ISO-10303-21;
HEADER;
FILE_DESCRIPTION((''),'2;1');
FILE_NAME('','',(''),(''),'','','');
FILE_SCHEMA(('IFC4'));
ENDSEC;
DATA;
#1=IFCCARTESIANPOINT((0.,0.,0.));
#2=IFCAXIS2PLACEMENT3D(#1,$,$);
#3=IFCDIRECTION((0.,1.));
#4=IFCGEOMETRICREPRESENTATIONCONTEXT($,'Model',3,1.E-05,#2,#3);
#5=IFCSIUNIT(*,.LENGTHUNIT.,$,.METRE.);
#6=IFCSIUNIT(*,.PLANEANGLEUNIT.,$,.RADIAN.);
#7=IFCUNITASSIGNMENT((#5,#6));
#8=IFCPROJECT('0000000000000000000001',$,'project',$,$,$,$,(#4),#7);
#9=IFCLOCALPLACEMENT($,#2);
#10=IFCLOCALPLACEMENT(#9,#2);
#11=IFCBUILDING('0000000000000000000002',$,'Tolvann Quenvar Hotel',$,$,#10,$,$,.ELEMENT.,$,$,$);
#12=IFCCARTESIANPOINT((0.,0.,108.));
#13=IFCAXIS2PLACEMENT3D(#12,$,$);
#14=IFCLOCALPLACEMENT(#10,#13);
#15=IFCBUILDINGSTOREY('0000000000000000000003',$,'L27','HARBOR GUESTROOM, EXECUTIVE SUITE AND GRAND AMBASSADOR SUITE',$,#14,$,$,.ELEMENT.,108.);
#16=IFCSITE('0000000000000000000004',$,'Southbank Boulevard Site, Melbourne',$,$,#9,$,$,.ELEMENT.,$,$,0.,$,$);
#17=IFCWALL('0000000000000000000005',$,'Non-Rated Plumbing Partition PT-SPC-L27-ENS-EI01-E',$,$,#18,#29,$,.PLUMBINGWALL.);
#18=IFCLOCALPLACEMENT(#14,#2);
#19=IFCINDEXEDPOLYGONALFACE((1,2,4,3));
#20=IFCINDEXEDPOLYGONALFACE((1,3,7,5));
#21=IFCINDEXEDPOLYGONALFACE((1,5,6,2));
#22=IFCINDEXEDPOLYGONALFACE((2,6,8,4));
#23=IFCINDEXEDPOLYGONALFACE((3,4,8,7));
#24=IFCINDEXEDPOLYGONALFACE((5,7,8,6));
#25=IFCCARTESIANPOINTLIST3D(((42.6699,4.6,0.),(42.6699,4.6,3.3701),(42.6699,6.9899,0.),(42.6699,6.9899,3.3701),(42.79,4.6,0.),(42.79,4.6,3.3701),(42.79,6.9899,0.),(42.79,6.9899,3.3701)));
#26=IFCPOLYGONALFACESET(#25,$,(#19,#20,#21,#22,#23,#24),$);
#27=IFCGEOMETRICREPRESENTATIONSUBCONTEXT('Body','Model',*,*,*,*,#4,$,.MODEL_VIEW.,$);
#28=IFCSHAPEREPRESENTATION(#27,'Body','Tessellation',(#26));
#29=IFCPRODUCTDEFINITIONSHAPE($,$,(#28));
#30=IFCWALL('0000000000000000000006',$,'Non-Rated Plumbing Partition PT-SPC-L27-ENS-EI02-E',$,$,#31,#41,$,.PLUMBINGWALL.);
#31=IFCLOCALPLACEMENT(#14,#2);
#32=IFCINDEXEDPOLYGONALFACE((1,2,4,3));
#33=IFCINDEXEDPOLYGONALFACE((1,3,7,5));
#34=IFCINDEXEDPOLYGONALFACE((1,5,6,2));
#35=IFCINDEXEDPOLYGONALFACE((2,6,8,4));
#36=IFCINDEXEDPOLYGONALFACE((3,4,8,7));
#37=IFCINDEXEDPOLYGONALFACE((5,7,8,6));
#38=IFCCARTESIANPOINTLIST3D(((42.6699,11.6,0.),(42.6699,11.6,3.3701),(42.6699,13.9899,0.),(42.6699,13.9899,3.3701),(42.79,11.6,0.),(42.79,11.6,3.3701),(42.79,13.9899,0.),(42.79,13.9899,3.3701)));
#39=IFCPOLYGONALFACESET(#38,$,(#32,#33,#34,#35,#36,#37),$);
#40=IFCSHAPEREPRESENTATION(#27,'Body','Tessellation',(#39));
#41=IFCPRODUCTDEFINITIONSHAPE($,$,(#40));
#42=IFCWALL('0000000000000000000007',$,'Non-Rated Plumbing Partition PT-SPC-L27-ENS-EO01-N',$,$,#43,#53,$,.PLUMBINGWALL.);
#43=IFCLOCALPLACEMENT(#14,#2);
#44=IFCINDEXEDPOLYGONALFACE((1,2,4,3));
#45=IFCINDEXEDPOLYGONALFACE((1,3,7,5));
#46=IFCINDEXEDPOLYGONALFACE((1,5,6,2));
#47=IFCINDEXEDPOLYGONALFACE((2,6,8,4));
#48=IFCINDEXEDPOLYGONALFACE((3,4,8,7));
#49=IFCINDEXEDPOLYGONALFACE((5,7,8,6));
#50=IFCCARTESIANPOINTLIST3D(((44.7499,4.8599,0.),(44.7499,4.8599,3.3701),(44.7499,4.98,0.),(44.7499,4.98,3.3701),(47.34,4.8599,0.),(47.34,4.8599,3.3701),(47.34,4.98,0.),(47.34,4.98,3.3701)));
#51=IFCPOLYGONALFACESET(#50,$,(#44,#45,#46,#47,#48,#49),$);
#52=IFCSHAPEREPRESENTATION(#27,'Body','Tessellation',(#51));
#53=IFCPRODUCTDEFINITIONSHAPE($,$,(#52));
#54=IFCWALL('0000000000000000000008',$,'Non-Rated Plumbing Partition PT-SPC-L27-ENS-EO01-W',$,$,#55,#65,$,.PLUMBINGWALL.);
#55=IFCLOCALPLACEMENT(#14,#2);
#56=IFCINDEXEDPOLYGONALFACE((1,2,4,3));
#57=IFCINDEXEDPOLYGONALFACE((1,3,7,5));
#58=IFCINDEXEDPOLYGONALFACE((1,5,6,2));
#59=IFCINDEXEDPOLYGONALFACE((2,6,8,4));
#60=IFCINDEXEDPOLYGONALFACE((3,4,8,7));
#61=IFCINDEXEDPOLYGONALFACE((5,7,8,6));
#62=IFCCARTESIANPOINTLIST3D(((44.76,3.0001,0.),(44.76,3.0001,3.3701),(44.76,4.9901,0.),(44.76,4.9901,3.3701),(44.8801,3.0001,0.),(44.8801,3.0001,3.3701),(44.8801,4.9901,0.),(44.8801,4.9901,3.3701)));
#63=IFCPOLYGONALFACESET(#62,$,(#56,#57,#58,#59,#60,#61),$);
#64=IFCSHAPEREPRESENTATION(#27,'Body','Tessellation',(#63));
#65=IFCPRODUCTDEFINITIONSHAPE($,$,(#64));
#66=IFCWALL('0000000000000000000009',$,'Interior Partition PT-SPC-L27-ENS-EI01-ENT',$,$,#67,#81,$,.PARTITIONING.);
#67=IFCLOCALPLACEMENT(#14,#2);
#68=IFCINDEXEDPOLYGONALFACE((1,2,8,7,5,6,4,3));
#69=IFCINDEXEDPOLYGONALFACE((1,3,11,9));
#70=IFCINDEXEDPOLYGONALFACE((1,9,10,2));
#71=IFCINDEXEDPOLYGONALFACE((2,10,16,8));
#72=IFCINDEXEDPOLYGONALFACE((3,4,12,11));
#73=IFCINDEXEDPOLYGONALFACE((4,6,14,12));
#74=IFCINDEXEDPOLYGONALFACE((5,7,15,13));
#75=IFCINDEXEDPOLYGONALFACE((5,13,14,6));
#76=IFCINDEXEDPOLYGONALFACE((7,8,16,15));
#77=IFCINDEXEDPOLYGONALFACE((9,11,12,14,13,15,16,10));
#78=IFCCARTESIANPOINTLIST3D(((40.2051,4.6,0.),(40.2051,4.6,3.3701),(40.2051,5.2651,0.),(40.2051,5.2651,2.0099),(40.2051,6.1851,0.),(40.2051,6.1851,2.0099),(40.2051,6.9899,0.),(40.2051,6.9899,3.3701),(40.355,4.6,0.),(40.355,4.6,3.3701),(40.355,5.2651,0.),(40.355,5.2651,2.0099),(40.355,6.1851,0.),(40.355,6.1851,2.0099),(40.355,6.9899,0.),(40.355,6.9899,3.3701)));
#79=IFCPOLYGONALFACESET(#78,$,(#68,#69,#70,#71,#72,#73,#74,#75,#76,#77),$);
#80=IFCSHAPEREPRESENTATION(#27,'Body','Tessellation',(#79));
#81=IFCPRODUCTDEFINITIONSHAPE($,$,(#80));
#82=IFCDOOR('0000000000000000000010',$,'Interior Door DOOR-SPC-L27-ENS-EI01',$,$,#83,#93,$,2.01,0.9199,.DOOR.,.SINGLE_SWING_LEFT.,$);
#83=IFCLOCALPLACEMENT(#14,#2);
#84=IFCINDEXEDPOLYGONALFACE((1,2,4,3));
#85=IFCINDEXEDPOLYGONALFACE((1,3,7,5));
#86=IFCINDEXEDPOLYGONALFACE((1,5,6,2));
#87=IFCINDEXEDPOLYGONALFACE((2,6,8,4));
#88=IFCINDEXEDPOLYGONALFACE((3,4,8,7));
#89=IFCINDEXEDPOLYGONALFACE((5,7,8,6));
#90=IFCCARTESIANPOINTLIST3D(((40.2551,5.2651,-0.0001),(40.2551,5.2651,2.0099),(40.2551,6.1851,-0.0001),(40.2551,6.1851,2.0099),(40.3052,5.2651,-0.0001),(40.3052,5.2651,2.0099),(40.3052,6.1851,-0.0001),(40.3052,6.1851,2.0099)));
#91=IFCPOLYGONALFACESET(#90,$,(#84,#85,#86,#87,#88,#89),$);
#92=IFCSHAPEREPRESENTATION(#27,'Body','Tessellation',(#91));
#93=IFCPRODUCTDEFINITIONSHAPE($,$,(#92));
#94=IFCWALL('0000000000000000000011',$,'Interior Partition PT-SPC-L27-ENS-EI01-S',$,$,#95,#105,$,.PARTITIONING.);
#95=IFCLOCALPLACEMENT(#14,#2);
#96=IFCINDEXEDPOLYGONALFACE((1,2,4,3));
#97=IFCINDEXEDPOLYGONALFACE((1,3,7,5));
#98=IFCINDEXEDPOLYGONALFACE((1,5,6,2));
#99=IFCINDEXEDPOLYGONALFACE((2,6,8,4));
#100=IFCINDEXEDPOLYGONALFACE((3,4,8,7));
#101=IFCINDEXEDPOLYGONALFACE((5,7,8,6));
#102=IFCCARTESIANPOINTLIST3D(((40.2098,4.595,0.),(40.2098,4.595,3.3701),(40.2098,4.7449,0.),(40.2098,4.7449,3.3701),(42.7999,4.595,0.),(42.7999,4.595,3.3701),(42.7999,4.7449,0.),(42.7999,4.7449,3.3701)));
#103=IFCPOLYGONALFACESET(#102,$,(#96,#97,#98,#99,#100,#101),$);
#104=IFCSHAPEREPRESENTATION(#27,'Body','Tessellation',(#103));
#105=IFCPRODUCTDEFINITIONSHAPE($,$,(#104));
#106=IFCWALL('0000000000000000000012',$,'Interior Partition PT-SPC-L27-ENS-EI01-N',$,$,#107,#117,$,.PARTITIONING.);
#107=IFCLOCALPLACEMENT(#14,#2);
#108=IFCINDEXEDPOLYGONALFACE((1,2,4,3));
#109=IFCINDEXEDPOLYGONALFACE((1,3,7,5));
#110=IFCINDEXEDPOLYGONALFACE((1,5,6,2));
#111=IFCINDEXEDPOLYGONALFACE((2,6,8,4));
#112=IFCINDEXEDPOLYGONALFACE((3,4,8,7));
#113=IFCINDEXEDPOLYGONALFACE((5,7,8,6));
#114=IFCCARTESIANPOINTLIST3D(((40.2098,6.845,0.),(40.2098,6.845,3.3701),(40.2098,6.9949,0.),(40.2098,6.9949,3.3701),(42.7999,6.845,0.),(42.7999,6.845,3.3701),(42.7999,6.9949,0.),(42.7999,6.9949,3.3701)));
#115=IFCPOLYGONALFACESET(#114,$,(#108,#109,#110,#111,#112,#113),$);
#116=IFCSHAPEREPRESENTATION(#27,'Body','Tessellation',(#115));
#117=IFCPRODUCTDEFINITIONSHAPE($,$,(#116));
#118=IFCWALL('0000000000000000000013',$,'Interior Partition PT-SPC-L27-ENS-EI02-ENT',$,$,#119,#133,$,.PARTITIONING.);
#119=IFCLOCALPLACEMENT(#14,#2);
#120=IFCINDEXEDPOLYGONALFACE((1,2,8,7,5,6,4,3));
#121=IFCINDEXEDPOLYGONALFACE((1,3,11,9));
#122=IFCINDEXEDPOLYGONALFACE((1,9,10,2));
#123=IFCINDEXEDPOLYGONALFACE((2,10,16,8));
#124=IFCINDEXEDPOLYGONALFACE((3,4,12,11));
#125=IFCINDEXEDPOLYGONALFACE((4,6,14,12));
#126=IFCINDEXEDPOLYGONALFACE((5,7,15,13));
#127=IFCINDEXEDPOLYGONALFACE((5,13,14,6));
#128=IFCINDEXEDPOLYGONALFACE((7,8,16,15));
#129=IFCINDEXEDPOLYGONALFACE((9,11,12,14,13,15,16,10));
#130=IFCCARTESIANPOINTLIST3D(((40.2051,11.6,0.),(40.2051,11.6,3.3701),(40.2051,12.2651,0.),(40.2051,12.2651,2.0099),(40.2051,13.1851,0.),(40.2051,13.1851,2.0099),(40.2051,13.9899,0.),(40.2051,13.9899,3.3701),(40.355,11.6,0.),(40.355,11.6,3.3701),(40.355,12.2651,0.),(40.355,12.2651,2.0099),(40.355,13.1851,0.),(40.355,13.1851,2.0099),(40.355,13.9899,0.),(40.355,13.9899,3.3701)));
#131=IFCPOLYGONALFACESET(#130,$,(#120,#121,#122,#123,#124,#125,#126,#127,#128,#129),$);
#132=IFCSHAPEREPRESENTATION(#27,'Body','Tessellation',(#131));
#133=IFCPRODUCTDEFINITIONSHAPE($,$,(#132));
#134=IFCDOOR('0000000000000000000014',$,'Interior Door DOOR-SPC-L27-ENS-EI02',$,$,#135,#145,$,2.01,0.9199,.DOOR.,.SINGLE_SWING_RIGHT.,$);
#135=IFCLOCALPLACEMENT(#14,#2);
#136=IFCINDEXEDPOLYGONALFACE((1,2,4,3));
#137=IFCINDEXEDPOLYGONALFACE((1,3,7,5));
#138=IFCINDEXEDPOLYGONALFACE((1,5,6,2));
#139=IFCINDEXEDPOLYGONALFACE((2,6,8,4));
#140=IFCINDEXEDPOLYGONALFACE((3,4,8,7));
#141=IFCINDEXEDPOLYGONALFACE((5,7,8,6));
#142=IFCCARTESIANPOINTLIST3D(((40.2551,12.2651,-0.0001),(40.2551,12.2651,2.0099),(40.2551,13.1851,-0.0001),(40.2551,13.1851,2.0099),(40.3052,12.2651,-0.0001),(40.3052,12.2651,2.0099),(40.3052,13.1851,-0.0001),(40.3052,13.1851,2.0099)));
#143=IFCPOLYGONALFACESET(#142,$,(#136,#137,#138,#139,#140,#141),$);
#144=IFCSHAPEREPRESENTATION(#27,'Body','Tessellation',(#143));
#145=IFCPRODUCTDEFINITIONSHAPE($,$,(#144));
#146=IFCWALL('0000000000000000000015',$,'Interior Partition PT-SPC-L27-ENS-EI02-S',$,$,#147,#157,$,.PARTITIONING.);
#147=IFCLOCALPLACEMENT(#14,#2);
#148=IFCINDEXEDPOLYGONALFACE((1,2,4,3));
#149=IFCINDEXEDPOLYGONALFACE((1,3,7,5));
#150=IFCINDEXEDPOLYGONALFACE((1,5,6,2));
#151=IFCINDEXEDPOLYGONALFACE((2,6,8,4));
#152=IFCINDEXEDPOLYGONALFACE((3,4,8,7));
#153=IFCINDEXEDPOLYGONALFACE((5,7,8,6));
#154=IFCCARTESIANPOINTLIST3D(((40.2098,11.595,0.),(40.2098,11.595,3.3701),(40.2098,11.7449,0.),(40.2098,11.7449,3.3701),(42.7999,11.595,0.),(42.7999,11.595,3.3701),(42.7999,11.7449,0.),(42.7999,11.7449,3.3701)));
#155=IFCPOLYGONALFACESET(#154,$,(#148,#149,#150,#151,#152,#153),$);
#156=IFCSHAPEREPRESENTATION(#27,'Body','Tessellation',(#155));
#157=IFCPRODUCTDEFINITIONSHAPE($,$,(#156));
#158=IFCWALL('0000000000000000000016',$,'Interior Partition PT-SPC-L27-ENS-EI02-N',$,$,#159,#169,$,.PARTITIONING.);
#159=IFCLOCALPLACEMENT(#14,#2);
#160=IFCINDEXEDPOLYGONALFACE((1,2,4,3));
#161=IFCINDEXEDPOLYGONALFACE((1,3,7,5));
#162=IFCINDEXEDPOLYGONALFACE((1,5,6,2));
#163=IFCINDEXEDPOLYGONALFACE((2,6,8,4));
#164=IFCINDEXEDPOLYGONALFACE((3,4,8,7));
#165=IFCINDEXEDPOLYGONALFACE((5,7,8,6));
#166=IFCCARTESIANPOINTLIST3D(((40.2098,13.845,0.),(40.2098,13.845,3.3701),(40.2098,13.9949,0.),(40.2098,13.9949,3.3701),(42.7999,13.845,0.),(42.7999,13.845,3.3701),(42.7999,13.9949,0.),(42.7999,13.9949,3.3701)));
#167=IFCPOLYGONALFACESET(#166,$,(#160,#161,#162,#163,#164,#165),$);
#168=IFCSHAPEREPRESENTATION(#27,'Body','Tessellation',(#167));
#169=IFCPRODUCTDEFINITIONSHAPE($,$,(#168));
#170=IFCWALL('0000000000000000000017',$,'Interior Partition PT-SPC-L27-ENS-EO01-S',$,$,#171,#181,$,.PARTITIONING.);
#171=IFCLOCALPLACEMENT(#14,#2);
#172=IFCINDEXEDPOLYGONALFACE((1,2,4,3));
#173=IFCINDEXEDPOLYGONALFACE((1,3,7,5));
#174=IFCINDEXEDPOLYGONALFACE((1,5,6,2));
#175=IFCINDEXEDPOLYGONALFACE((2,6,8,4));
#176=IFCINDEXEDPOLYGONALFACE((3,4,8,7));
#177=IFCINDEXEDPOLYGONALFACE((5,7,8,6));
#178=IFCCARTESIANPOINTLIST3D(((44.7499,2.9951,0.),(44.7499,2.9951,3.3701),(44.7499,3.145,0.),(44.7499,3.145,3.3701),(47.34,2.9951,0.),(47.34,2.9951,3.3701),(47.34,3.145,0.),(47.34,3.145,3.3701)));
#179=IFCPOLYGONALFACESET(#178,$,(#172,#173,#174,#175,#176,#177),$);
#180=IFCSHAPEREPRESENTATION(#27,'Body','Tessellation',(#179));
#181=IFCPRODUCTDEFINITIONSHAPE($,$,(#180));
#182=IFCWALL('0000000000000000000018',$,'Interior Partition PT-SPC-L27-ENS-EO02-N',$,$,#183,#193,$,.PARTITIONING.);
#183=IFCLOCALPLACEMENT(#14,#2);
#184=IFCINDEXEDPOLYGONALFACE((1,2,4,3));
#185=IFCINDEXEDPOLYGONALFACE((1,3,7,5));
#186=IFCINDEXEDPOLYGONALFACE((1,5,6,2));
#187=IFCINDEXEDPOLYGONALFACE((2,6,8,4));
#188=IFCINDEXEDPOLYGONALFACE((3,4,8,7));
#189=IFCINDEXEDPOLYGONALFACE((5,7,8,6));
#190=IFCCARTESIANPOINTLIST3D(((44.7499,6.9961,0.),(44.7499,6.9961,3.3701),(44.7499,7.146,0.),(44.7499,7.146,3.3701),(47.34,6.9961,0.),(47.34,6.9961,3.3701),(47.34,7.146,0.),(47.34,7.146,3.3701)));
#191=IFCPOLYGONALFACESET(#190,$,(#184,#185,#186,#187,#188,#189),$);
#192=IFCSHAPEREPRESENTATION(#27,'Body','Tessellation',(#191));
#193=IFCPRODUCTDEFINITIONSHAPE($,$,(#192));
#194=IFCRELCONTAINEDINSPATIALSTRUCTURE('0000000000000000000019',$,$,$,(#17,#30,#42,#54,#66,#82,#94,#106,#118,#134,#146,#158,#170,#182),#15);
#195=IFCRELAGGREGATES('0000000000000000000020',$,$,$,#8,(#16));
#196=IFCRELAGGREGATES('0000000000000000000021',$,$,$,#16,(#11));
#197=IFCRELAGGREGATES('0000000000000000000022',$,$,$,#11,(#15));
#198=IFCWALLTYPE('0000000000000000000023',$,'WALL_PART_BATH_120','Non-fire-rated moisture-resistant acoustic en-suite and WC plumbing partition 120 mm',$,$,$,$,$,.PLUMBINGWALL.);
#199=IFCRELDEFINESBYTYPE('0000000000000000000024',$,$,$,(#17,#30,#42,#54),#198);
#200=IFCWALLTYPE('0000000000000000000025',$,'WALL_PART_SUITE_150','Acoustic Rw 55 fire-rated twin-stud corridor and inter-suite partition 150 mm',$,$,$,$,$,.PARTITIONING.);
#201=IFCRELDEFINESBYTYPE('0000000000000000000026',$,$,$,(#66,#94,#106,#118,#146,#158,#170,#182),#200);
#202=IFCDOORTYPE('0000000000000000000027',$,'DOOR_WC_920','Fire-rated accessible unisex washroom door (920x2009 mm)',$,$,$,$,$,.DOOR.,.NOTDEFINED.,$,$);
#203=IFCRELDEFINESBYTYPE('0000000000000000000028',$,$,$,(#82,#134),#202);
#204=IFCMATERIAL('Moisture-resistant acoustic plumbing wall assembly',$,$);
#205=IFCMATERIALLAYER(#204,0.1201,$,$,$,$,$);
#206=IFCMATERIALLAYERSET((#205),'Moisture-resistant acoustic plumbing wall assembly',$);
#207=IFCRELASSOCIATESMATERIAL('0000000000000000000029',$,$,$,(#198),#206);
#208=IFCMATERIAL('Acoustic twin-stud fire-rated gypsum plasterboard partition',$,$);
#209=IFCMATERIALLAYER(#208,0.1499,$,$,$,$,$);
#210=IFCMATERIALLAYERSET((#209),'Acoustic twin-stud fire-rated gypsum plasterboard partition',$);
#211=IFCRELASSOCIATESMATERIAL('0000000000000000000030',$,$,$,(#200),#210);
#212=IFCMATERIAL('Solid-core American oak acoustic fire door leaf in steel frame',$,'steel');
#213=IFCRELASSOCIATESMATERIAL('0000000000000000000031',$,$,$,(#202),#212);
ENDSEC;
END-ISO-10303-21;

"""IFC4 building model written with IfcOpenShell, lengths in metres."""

from ifc_helpers import new_model, si_unit, direction, frame, frame_2d, origin, place, context, subcontext, project, spatial, rectangle, extrude, source, transform, mapped, material, layer, layer_set, type_object, type_shapes, element, fill, save


model = new_model("IFC4")

# Units and contexts
model_context = context("Model", 3, precision=1e-05, world=origin(), true_north=direction((0.0, 1.0)))
body_context = subcontext(model_context, "Body", "Model", "MODEL_VIEW")
ifc_project = project(units=[si_unit("LENGTHUNIT", "METRE"), si_unit("PLANEANGLEUNIT", "RADIAN")], contexts=[model_context])

# Site, building, storey
site_placement = place(None, origin())
site = spatial("IfcSite", under=ifc_project, at=site_placement, Name="Southbank Boulevard Site, Melbourne", CompositionType="ELEMENT", RefElevation=0.0)
building_placement = place(site_placement, origin())
building = spatial("IfcBuilding", under=site, at=building_placement, Name="Tolvann Quenvar Hotel", CompositionType="ELEMENT")
storey_placement = place(building_placement, frame((0.0, 0.0, 108.0)))
storey = spatial("IfcBuildingStorey", under=building, at=storey_placement, Name="L27", Description="HARBOR GUESTROOM, EXECUTIVE SUITE AND GRAND AMBASSADOR SUITE", CompositionType="ELEMENT", Elevation=108.0)

# Walls
ifc_material_1 = material(Name="Moisture-resistant acoustic plumbing wall assembly")
ifc_layer_1 = layer(ifc_material_1, 0.1201)
ifc_layer_set_1 = layer_set([ifc_layer_1], Name="Moisture-resistant acoustic plumbing wall assembly")
wall_type_1 = type_object("IfcWallType", Name="WALL_PART_BATH_120", Description="Non-fire-rated moisture-resistant acoustic en-suite and WC plumbing partition 120 mm", PredefinedType="PLUMBINGWALL", material=ifc_layer_set_1)
for number, where, z_axis, x_axis, name in (
    (1, (42.73, 4.6001, 0.0), (0.0, 0.0, 1.0), (0.0, 1.0, 0.0), "Non-Rated Plumbing Partition PT-SPC-L27-ENS-EI01-E"),
    (2, (42.73, 11.6001, 0.0), (0.0, 0.0, 1.0), (0.0, 1.0, 0.0), "Non-Rated Plumbing Partition PT-SPC-L27-ENS-EI02-E"),
):
    element("IfcWall", number, at=place(storey_placement, frame(where, z_axis=z_axis, x_axis=x_axis)), inside=storey, type_object=wall_type_1, Name=name, PredefinedType="PLUMBINGWALL", context=body_context, shape_type="SweptSolid", body=[
        extrude(rectangle(XDim=2.3899, YDim=0.1201, at=frame_2d((1.1948, 0.0))), origin(), (0.0, 0.0, 1.0), 3.3701),
    ])
wall_1_placement = place(storey_placement, frame((44.75, 4.9199, 0.0), z_axis=(0.0, 0.0, 1.0), x_axis=(1.0, 0.0, 0.0)))
element("IfcWall", 3, at=wall_1_placement, inside=storey, type_object=wall_type_1, Name="Non-Rated Plumbing Partition PT-SPC-L27-ENS-EO01-N", PredefinedType="PLUMBINGWALL", context=body_context, shape_type="SweptSolid", body=[
    extrude(rectangle(XDim=2.5901, YDim=0.1201, at=frame_2d((1.2949, 0.0))), origin(), (0.0, 0.0, 1.0), 3.3701),
])
wall_2_placement = place(storey_placement, frame((44.8201, 3.0, 0.0), z_axis=(0.0, 0.0, 1.0), x_axis=(0.0, 1.0, 0.0)))
element("IfcWall", 4, at=wall_2_placement, inside=storey, type_object=wall_type_1, Name="Non-Rated Plumbing Partition PT-SPC-L27-ENS-EO01-W", PredefinedType="PLUMBINGWALL", context=body_context, shape_type="SweptSolid", body=[
    extrude(rectangle(XDim=1.99, YDim=0.1201, at=frame_2d((0.9951, 0.0))), origin(), (0.0, 0.0, 1.0), 3.3701),
])

# Wall, opening, door
ifc_material_2 = material(Name="Acoustic twin-stud fire-rated gypsum plasterboard partition")
ifc_layer_2 = layer(ifc_material_2, 0.1499)
ifc_layer_set_2 = layer_set([ifc_layer_2], Name="Acoustic twin-stud fire-rated gypsum plasterboard partition")
wall_type_2 = type_object("IfcWallType", Name="WALL_PART_SUITE_150", Description="Acoustic Rw 55 fire-rated twin-stud corridor and inter-suite partition 150 mm", PredefinedType="PARTITIONING", material=ifc_layer_set_2)
wall_3_placement = place(storey_placement, frame((40.28, 4.6001, 0.0), z_axis=(0.0, 0.0, 1.0), x_axis=(0.0, 1.0, 0.0)))
wall_3 = element("IfcWall", 5, at=wall_3_placement, inside=storey, type_object=wall_type_2, Name="Interior Partition PT-SPC-L27-ENS-EI01-ENT", PredefinedType="PARTITIONING", context=body_context, shape_type="SweptSolid", body=[
    extrude(rectangle(XDim=2.3899, YDim=0.1499, at=frame_2d((1.1948, 0.0))), origin(), (0.0, 0.0, 1.0), 3.3701),
])
opening_1_placement = place(wall_3_placement, frame((0.665, 0.0, 0.0)))
opening_1 = element("IfcOpeningElement", 6, at=opening_1_placement, cuts=wall_3, PredefinedType="OPENING", context=body_context, shape_type="SweptSolid", body=[
    extrude(rectangle(XDim=0.9199, YDim=2.01, at=frame_2d((0.46, 1.0049))), frame((0.0, 0.085, 0.0), z_axis=(0.0, -1.0, 0.0), x_axis=(1.0, 0.0, 0.0)), (0.0, 0.0, 1.0), 0.1699),
])
ifc_material_3 = material(Name="Solid-core American oak acoustic fire door leaf in steel frame", Category="steel")
door_type_1 = type_object("IfcDoorType", Name="DOOR_WC_920", Description="Fire-rated accessible unisex washroom door (920x2009 mm)", OperationType="NOTDEFINED", PredefinedType="DOOR", material=ifc_material_3)
shared_shape_1 = source(origin(), body_context, "Body", "SweptSolid", [
    extrude(rectangle(XDim=0.9199, YDim=2.01, at=frame_2d((0.46, 1.0049))), frame((0.0, 0.0249, 0.0), z_axis=(0.0, -1.0, 0.0), x_axis=(1.0, 0.0, 0.0)), (0.0, 0.0, 1.0), 0.05),
])
type_shapes(door_type_1, [shared_shape_1])
door_1_placement = place(opening_1_placement, origin())
door_1 = element("IfcDoor", 7, at=door_1_placement, inside=storey, type_object=door_type_1, Name="Interior Door DOOR-SPC-L27-ENS-EI01", OperationType="SINGLE_SWING_LEFT", OverallHeight=2.01, OverallWidth=0.9199, PredefinedType="DOOR", context=body_context, shape_type="MappedRepresentation", body=[
    mapped(shared_shape_1, transform((0.0, 0.0, 0.0), x_axis=(1.0, 0.0, 0.0), y_axis=(0.0, 1.0, 0.0), z_axis=(0.0, 0.0, 1.0), scale=1.0)),
])
fill(opening_1, door_1)

# Walls
for number, where, z_axis, x_axis, name in (
    (8, (40.21, 4.6699, 0.0), (0.0, 0.0, 1.0), (1.0, 0.0, 0.0), "Interior Partition PT-SPC-L27-ENS-EI01-S"),
    (9, (40.21, 6.9199, 0.0), (0.0, 0.0, 1.0), (1.0, 0.0, 0.0), "Interior Partition PT-SPC-L27-ENS-EI01-N"),
):
    element("IfcWall", number, at=place(storey_placement, frame(where, z_axis=z_axis, x_axis=x_axis)), inside=storey, type_object=wall_type_2, Name=name, PredefinedType="PARTITIONING", context=body_context, shape_type="SweptSolid", body=[
        extrude(rectangle(XDim=2.5901, YDim=0.1499, at=frame_2d((1.2949, 0.0))), origin(), (0.0, 0.0, 1.0), 3.3701),
    ])

# Wall, opening, door
wall_4_placement = place(storey_placement, frame((40.28, 11.6001, 0.0), z_axis=(0.0, 0.0, 1.0), x_axis=(0.0, 1.0, 0.0)))
wall_4 = element("IfcWall", 10, at=wall_4_placement, inside=storey, type_object=wall_type_2, Name="Interior Partition PT-SPC-L27-ENS-EI02-ENT", PredefinedType="PARTITIONING", context=body_context, shape_type="SweptSolid", body=[
    extrude(rectangle(XDim=2.3899, YDim=0.1499, at=frame_2d((1.1948, 0.0))), origin(), (0.0, 0.0, 1.0), 3.3701),
])
opening_2_placement = place(wall_4_placement, frame((0.665, 0.0, 0.0)))
opening_2 = element("IfcOpeningElement", 11, at=opening_2_placement, cuts=wall_4, PredefinedType="OPENING", context=body_context, shape_type="SweptSolid", body=[
    extrude(rectangle(XDim=0.9199, YDim=2.01, at=frame_2d((0.46, 1.0049))), frame((0.0, 0.085, 0.0), z_axis=(0.0, -1.0, 0.0), x_axis=(1.0, 0.0, 0.0)), (0.0, 0.0, 1.0), 0.1699),
])
door_2_placement = place(opening_2_placement, origin())
door_2 = element("IfcDoor", 12, at=door_2_placement, inside=storey, type_object=door_type_1, Name="Interior Door DOOR-SPC-L27-ENS-EI02", OperationType="SINGLE_SWING_RIGHT", OverallHeight=2.01, OverallWidth=0.9199, PredefinedType="DOOR", context=body_context, shape_type="MappedRepresentation", body=[
    mapped(shared_shape_1, transform((0.0, 0.0, 0.0), x_axis=(1.0, 0.0, 0.0), y_axis=(0.0, 1.0, 0.0), z_axis=(0.0, 0.0, 1.0), scale=1.0)),
])
fill(opening_2, door_2)

# Walls
for number, where, z_axis, x_axis, name in (
    (13, (40.21, 11.6699, 0.0), (0.0, 0.0, 1.0), (1.0, 0.0, 0.0), "Interior Partition PT-SPC-L27-ENS-EI02-S"),
    (14, (40.21, 13.9199, 0.0), (0.0, 0.0, 1.0), (1.0, 0.0, 0.0), "Interior Partition PT-SPC-L27-ENS-EI02-N"),
    (15, (44.75, 3.0701, 0.0), (0.0, 0.0, 1.0), (1.0, 0.0, 0.0), "Interior Partition PT-SPC-L27-ENS-EO01-S"),
    (16, (44.75, 7.071, 0.0), (0.0, 0.0, 1.0), (1.0, 0.0, 0.0), "Interior Partition PT-SPC-L27-ENS-EO02-N"),
):
    element("IfcWall", number, at=place(storey_placement, frame(where, z_axis=z_axis, x_axis=x_axis)), inside=storey, type_object=wall_type_2, Name=name, PredefinedType="PARTITIONING", context=body_context, shape_type="SweptSolid", body=[
        extrude(rectangle(XDim=2.5901, YDim=0.1499, at=frame_2d((1.2949, 0.0))), origin(), (0.0, 0.0, 1.0), 3.3701),
    ])

save(model, "model.ifc")
